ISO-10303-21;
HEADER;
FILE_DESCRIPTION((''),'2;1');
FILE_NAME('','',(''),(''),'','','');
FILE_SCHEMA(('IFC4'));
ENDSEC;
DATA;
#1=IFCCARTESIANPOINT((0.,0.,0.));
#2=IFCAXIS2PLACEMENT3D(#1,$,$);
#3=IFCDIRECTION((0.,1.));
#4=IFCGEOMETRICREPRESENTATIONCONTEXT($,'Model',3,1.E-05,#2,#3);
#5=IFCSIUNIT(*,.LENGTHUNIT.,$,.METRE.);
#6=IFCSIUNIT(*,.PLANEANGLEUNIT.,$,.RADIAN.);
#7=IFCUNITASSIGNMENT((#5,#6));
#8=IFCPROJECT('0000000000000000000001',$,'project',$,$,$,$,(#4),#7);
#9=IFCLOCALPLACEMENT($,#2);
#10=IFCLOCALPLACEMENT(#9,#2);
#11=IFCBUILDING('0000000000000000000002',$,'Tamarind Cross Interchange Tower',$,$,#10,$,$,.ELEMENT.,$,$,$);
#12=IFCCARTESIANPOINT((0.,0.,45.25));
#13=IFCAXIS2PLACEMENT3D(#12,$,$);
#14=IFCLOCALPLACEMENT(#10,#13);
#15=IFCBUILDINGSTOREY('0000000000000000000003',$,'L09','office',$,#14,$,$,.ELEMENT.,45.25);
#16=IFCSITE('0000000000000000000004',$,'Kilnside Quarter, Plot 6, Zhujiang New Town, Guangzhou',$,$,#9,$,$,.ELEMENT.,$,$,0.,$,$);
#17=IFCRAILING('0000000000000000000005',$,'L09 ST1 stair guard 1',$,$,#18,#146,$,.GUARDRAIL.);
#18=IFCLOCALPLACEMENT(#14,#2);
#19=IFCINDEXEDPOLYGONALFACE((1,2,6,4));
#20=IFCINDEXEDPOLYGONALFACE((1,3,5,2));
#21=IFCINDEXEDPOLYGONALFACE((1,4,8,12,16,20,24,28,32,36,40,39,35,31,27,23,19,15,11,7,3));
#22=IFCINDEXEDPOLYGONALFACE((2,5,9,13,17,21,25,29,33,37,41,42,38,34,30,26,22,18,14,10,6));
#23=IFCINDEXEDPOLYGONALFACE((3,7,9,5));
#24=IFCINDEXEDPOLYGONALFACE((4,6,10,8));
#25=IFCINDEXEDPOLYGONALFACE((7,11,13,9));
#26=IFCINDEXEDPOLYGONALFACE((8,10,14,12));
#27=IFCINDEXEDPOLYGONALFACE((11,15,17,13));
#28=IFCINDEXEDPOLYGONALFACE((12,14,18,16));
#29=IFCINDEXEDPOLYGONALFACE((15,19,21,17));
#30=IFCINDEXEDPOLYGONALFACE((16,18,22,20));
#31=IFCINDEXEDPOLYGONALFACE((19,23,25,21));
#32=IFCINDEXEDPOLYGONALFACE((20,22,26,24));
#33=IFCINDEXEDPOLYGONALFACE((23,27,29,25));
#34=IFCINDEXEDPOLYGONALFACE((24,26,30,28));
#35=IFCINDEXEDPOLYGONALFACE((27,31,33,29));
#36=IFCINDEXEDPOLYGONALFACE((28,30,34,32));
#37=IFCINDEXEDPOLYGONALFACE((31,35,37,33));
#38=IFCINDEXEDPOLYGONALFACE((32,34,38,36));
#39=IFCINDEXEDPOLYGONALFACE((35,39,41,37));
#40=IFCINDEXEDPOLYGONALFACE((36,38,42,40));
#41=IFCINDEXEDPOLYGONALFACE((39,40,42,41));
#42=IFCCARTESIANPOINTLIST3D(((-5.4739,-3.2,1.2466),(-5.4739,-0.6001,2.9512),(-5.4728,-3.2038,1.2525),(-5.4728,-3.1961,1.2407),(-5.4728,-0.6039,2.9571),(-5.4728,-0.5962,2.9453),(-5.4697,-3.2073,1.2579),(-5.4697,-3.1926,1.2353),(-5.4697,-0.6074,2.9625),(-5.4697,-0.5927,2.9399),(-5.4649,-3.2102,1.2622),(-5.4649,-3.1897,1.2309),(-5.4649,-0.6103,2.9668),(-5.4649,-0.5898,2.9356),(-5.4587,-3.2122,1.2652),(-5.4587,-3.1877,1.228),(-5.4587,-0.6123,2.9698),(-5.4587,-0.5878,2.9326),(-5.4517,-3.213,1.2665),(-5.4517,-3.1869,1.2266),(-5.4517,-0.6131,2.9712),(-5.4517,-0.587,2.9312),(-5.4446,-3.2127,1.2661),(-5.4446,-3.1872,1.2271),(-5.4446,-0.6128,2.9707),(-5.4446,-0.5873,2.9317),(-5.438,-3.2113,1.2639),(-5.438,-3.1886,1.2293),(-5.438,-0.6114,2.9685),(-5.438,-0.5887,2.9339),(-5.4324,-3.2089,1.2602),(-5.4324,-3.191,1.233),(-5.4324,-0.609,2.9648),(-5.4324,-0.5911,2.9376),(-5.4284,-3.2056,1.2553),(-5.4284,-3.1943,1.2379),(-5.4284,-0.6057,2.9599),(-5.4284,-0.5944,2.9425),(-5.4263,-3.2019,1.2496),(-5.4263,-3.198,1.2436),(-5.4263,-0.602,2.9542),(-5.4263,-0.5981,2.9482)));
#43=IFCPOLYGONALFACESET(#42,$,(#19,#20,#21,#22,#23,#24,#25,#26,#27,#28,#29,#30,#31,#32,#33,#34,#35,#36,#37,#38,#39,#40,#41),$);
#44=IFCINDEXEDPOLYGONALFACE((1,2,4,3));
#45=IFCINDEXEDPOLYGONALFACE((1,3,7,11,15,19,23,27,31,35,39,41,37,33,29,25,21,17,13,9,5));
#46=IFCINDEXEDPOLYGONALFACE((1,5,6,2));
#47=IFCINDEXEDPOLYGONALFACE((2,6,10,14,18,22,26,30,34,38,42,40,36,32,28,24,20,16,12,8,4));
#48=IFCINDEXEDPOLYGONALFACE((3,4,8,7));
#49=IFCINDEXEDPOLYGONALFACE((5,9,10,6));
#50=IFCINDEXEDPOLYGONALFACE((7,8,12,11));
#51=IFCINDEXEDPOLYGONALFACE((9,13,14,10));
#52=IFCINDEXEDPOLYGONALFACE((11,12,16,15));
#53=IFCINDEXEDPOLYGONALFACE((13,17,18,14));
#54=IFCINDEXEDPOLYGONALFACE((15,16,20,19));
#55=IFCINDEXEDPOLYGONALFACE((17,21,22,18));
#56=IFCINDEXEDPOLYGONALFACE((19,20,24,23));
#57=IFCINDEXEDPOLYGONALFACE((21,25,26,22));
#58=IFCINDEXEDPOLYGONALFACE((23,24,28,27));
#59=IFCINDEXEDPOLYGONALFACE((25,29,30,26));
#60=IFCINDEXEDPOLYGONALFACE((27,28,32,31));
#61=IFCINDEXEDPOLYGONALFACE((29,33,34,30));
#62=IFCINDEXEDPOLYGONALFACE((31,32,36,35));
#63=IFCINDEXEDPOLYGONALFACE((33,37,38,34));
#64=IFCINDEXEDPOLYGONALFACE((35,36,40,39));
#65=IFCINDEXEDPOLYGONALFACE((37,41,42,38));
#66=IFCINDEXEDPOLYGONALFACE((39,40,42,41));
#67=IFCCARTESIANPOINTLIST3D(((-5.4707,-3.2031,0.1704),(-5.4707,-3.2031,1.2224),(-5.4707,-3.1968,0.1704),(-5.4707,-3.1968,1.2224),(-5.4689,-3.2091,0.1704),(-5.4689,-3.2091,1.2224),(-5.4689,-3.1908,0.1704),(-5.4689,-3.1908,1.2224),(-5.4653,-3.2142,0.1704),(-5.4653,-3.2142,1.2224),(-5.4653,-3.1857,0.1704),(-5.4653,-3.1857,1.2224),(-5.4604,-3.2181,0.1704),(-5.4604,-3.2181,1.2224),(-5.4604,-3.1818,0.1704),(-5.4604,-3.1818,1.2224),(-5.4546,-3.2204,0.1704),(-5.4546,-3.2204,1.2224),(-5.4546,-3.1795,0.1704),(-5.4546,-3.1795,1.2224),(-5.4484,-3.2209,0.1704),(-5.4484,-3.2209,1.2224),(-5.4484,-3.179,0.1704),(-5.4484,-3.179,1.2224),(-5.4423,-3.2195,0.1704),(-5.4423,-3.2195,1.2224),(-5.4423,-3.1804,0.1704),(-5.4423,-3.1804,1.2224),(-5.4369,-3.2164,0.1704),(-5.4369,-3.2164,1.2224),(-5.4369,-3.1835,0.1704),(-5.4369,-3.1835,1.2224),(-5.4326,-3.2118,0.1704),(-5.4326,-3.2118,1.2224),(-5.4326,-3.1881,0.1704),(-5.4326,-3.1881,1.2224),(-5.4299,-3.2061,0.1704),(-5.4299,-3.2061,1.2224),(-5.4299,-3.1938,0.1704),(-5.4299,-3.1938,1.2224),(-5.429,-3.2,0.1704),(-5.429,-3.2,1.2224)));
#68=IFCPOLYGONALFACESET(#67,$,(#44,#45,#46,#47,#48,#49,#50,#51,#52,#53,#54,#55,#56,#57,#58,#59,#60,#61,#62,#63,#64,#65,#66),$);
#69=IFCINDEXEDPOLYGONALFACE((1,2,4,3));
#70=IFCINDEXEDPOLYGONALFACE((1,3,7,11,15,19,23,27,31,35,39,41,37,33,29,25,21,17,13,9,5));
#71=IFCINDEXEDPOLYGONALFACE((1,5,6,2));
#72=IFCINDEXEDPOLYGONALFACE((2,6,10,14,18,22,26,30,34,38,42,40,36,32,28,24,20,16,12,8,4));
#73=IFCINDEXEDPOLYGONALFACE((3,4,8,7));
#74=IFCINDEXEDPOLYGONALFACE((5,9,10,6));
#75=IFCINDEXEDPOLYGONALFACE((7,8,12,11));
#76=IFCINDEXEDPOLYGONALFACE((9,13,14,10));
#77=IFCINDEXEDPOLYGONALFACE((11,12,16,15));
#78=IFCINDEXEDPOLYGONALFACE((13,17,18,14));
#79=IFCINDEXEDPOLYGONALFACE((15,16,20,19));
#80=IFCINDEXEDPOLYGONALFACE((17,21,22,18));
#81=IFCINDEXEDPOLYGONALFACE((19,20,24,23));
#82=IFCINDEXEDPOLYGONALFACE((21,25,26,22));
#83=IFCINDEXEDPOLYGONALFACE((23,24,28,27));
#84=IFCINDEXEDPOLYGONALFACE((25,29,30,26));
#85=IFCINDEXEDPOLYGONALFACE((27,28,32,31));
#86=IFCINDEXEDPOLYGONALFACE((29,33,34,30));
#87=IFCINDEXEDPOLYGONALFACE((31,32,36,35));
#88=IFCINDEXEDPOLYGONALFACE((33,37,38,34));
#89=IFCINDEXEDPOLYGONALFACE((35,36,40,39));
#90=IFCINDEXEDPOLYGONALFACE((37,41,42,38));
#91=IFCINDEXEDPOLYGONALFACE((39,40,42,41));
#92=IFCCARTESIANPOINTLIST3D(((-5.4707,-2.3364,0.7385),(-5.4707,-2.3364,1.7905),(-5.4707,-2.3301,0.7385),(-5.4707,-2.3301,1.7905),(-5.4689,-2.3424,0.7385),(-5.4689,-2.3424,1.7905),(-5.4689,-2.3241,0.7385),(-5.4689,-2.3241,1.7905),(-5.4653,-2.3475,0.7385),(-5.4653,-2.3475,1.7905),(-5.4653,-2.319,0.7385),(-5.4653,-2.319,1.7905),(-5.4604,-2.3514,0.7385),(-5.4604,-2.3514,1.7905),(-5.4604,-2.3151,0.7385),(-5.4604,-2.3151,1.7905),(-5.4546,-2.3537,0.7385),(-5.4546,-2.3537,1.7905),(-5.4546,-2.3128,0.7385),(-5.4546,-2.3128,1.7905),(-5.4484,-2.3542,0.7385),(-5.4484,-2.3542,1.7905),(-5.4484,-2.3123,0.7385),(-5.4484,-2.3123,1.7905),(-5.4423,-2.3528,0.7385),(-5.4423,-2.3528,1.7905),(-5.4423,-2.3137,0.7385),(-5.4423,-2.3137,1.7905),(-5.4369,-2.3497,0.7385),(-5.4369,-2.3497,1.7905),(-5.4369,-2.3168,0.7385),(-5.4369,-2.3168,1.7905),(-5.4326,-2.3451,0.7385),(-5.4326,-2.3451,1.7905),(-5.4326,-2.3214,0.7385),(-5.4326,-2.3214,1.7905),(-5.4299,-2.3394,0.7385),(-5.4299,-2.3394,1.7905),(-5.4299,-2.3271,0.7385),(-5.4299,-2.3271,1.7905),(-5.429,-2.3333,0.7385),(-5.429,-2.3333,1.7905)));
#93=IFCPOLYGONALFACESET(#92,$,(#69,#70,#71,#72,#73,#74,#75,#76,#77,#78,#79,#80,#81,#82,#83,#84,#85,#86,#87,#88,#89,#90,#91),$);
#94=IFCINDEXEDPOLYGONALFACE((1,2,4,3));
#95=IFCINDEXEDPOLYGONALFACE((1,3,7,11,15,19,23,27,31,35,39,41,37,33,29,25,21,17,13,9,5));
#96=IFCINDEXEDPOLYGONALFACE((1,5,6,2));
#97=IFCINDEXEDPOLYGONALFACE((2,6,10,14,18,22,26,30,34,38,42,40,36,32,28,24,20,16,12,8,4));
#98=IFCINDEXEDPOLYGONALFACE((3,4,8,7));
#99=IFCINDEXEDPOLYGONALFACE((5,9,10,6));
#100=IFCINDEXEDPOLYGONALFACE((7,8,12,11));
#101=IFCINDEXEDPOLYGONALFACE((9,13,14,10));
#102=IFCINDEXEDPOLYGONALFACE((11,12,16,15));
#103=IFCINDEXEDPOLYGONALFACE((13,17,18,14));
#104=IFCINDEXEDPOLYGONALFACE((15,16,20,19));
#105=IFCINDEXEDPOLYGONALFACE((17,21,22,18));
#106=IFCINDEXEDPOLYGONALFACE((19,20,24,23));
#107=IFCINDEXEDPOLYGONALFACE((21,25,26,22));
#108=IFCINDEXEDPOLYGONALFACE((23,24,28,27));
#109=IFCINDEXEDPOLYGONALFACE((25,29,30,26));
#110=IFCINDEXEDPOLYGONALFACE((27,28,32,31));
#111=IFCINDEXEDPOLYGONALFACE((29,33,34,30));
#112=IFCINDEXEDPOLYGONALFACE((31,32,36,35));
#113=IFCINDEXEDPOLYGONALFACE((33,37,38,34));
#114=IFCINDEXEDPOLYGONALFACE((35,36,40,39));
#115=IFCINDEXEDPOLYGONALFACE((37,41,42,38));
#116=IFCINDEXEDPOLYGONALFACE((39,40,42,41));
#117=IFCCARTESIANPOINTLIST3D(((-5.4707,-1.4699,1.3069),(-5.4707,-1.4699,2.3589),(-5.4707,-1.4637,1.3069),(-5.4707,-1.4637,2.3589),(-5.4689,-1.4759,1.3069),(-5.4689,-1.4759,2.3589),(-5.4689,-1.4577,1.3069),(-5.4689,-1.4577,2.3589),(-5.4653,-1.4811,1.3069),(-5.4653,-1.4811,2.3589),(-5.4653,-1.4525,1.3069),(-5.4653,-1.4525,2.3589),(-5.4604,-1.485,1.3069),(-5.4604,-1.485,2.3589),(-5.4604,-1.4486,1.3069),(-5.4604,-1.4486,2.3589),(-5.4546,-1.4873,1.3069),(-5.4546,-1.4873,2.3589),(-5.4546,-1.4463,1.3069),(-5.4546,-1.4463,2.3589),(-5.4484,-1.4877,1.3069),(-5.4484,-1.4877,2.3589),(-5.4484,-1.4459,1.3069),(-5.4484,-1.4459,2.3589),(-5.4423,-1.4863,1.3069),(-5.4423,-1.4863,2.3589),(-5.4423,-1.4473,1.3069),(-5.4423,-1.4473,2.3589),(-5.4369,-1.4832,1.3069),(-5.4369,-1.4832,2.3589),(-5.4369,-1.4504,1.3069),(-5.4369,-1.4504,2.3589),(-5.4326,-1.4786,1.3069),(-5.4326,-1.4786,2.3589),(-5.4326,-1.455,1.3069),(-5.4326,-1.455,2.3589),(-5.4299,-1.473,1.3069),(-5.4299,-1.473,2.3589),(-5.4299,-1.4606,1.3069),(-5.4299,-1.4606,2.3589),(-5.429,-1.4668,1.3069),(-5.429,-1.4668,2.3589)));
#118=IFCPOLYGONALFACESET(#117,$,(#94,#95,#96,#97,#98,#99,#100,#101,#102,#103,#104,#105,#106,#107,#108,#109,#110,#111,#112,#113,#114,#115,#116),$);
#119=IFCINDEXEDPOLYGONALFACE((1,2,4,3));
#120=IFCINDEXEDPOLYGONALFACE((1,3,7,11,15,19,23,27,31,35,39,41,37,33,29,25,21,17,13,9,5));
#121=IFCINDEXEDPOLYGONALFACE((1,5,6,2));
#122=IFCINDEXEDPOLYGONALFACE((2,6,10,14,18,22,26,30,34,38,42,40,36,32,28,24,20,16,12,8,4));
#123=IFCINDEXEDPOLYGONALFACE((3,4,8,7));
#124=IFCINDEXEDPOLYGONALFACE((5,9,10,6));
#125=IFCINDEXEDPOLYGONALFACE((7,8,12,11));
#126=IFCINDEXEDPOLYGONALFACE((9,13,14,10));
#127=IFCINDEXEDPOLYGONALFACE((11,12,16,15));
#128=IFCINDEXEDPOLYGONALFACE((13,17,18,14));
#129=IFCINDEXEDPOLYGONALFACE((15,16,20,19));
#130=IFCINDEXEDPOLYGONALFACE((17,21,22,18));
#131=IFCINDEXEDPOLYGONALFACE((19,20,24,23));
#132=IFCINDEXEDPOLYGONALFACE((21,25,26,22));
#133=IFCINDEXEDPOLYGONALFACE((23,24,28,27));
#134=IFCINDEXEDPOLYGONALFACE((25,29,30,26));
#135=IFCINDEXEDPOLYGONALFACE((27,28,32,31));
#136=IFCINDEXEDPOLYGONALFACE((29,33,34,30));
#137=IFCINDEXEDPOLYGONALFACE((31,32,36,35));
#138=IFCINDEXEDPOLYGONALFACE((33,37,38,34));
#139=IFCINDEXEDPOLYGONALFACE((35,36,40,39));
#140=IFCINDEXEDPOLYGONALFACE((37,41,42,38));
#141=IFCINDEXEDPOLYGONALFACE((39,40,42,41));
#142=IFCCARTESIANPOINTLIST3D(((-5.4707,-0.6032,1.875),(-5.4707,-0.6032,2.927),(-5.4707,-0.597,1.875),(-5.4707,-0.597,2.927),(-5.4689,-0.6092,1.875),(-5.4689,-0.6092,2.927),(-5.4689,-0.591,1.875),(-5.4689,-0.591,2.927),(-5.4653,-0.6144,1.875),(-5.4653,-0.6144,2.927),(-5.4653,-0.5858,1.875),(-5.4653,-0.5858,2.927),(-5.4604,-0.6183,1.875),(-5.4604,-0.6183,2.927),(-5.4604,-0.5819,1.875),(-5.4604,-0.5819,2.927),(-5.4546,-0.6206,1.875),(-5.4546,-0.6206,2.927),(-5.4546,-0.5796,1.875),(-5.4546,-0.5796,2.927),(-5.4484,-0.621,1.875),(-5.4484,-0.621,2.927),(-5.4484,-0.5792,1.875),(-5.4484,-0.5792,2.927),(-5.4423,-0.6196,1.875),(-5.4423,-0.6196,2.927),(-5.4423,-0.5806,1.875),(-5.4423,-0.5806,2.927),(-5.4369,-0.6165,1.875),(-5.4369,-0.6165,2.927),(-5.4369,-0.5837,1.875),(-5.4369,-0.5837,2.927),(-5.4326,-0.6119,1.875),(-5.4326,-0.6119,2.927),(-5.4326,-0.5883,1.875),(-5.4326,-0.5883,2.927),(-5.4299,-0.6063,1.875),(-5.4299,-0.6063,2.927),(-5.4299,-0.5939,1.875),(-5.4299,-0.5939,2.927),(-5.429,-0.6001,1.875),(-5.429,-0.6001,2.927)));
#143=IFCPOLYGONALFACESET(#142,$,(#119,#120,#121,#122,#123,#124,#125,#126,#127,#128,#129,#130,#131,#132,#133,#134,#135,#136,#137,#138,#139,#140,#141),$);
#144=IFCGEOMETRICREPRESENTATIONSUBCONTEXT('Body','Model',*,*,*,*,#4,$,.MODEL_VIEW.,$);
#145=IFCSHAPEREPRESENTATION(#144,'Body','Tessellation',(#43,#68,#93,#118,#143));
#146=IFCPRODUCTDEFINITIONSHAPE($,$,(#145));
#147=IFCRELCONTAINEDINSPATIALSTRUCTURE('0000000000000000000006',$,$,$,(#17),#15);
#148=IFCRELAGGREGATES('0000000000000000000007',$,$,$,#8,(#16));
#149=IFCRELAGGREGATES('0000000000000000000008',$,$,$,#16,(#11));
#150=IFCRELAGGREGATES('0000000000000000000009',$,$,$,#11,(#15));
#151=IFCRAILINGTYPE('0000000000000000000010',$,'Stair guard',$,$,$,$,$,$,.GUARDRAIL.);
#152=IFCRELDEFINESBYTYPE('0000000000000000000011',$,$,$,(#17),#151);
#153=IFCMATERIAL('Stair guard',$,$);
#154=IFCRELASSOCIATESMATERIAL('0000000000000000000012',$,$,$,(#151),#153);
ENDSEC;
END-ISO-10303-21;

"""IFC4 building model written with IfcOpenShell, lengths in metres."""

from ifc_helpers import new_model, si_unit, direction, frame, origin, origin_2d, place, context, subcontext, project, spatial, circle, extrude, material, type_object, element, save


model = new_model("IFC4")

# Units and contexts
model_context = context("Model", 3, precision=1e-05, world=origin(), true_north=direction((0.0, 1.0)))
body_context = subcontext(model_context, "Body", "Model", "MODEL_VIEW")
ifc_project = project(units=[si_unit("LENGTHUNIT", "METRE"), si_unit("PLANEANGLEUNIT", "RADIAN")], contexts=[model_context])

# Site, building, storey
site_placement = place(None, origin())
site = spatial("IfcSite", under=ifc_project, at=site_placement, Name="Kilnside Quarter, Plot 6, Zhujiang New Town, Guangzhou", CompositionType="ELEMENT", RefElevation=0.0)
building_placement = place(site_placement, origin())
building = spatial("IfcBuilding", under=site, at=building_placement, Name="Tamarind Cross Interchange Tower", CompositionType="ELEMENT")
storey_placement = place(building_placement, frame((0.0, 0.0, 45.25)))
storey = spatial("IfcBuildingStorey", under=building, at=storey_placement, Name="L09", Description="office", CompositionType="ELEMENT", Elevation=45.25)

# Railing
ifc_material_1 = material(Name="Stair guard")
railing_type_1 = type_object("IfcRailingType", Name="Stair guard", PredefinedType="GUARDRAIL", material=ifc_material_1)
railing_1_placement = place(storey_placement, frame((-5.45, -3.2, 0.1704)))
element("IfcRailing", 1, at=railing_1_placement, inside=storey, type_object=railing_type_1, Name="L09 ST1 stair guard 1", PredefinedType="GUARDRAIL", context=body_context, shape_type="SweptSolid", body=[
    extrude(circle(Radius=0.0239, at=origin_2d()), frame((0.0, 0.0, 1.0762), z_axis=(0.0, 0.836279, 0.548305), x_axis=(-1.0, 0.0, 0.0)), (0.0, 0.0, 1.0), 3.1089),
    extrude(circle(Radius=0.021, at=origin_2d()), origin(), (0.0, 0.0, 1.0), 1.052),
    extrude(circle(Radius=0.021, at=origin_2d()), frame((0.0, 0.8667, 0.5681)), (0.0, 0.0, 1.0), 1.052),
    extrude(circle(Radius=0.021, at=origin_2d()), frame((0.0, 1.7332, 1.1365)), (0.0, 0.0, 1.0), 1.052),
    extrude(circle(Radius=0.021, at=origin_2d()), frame((0.0, 2.5999, 1.7046)), (0.0, 0.0, 1.0), 1.052),
])

save(model, "model.ifc")
